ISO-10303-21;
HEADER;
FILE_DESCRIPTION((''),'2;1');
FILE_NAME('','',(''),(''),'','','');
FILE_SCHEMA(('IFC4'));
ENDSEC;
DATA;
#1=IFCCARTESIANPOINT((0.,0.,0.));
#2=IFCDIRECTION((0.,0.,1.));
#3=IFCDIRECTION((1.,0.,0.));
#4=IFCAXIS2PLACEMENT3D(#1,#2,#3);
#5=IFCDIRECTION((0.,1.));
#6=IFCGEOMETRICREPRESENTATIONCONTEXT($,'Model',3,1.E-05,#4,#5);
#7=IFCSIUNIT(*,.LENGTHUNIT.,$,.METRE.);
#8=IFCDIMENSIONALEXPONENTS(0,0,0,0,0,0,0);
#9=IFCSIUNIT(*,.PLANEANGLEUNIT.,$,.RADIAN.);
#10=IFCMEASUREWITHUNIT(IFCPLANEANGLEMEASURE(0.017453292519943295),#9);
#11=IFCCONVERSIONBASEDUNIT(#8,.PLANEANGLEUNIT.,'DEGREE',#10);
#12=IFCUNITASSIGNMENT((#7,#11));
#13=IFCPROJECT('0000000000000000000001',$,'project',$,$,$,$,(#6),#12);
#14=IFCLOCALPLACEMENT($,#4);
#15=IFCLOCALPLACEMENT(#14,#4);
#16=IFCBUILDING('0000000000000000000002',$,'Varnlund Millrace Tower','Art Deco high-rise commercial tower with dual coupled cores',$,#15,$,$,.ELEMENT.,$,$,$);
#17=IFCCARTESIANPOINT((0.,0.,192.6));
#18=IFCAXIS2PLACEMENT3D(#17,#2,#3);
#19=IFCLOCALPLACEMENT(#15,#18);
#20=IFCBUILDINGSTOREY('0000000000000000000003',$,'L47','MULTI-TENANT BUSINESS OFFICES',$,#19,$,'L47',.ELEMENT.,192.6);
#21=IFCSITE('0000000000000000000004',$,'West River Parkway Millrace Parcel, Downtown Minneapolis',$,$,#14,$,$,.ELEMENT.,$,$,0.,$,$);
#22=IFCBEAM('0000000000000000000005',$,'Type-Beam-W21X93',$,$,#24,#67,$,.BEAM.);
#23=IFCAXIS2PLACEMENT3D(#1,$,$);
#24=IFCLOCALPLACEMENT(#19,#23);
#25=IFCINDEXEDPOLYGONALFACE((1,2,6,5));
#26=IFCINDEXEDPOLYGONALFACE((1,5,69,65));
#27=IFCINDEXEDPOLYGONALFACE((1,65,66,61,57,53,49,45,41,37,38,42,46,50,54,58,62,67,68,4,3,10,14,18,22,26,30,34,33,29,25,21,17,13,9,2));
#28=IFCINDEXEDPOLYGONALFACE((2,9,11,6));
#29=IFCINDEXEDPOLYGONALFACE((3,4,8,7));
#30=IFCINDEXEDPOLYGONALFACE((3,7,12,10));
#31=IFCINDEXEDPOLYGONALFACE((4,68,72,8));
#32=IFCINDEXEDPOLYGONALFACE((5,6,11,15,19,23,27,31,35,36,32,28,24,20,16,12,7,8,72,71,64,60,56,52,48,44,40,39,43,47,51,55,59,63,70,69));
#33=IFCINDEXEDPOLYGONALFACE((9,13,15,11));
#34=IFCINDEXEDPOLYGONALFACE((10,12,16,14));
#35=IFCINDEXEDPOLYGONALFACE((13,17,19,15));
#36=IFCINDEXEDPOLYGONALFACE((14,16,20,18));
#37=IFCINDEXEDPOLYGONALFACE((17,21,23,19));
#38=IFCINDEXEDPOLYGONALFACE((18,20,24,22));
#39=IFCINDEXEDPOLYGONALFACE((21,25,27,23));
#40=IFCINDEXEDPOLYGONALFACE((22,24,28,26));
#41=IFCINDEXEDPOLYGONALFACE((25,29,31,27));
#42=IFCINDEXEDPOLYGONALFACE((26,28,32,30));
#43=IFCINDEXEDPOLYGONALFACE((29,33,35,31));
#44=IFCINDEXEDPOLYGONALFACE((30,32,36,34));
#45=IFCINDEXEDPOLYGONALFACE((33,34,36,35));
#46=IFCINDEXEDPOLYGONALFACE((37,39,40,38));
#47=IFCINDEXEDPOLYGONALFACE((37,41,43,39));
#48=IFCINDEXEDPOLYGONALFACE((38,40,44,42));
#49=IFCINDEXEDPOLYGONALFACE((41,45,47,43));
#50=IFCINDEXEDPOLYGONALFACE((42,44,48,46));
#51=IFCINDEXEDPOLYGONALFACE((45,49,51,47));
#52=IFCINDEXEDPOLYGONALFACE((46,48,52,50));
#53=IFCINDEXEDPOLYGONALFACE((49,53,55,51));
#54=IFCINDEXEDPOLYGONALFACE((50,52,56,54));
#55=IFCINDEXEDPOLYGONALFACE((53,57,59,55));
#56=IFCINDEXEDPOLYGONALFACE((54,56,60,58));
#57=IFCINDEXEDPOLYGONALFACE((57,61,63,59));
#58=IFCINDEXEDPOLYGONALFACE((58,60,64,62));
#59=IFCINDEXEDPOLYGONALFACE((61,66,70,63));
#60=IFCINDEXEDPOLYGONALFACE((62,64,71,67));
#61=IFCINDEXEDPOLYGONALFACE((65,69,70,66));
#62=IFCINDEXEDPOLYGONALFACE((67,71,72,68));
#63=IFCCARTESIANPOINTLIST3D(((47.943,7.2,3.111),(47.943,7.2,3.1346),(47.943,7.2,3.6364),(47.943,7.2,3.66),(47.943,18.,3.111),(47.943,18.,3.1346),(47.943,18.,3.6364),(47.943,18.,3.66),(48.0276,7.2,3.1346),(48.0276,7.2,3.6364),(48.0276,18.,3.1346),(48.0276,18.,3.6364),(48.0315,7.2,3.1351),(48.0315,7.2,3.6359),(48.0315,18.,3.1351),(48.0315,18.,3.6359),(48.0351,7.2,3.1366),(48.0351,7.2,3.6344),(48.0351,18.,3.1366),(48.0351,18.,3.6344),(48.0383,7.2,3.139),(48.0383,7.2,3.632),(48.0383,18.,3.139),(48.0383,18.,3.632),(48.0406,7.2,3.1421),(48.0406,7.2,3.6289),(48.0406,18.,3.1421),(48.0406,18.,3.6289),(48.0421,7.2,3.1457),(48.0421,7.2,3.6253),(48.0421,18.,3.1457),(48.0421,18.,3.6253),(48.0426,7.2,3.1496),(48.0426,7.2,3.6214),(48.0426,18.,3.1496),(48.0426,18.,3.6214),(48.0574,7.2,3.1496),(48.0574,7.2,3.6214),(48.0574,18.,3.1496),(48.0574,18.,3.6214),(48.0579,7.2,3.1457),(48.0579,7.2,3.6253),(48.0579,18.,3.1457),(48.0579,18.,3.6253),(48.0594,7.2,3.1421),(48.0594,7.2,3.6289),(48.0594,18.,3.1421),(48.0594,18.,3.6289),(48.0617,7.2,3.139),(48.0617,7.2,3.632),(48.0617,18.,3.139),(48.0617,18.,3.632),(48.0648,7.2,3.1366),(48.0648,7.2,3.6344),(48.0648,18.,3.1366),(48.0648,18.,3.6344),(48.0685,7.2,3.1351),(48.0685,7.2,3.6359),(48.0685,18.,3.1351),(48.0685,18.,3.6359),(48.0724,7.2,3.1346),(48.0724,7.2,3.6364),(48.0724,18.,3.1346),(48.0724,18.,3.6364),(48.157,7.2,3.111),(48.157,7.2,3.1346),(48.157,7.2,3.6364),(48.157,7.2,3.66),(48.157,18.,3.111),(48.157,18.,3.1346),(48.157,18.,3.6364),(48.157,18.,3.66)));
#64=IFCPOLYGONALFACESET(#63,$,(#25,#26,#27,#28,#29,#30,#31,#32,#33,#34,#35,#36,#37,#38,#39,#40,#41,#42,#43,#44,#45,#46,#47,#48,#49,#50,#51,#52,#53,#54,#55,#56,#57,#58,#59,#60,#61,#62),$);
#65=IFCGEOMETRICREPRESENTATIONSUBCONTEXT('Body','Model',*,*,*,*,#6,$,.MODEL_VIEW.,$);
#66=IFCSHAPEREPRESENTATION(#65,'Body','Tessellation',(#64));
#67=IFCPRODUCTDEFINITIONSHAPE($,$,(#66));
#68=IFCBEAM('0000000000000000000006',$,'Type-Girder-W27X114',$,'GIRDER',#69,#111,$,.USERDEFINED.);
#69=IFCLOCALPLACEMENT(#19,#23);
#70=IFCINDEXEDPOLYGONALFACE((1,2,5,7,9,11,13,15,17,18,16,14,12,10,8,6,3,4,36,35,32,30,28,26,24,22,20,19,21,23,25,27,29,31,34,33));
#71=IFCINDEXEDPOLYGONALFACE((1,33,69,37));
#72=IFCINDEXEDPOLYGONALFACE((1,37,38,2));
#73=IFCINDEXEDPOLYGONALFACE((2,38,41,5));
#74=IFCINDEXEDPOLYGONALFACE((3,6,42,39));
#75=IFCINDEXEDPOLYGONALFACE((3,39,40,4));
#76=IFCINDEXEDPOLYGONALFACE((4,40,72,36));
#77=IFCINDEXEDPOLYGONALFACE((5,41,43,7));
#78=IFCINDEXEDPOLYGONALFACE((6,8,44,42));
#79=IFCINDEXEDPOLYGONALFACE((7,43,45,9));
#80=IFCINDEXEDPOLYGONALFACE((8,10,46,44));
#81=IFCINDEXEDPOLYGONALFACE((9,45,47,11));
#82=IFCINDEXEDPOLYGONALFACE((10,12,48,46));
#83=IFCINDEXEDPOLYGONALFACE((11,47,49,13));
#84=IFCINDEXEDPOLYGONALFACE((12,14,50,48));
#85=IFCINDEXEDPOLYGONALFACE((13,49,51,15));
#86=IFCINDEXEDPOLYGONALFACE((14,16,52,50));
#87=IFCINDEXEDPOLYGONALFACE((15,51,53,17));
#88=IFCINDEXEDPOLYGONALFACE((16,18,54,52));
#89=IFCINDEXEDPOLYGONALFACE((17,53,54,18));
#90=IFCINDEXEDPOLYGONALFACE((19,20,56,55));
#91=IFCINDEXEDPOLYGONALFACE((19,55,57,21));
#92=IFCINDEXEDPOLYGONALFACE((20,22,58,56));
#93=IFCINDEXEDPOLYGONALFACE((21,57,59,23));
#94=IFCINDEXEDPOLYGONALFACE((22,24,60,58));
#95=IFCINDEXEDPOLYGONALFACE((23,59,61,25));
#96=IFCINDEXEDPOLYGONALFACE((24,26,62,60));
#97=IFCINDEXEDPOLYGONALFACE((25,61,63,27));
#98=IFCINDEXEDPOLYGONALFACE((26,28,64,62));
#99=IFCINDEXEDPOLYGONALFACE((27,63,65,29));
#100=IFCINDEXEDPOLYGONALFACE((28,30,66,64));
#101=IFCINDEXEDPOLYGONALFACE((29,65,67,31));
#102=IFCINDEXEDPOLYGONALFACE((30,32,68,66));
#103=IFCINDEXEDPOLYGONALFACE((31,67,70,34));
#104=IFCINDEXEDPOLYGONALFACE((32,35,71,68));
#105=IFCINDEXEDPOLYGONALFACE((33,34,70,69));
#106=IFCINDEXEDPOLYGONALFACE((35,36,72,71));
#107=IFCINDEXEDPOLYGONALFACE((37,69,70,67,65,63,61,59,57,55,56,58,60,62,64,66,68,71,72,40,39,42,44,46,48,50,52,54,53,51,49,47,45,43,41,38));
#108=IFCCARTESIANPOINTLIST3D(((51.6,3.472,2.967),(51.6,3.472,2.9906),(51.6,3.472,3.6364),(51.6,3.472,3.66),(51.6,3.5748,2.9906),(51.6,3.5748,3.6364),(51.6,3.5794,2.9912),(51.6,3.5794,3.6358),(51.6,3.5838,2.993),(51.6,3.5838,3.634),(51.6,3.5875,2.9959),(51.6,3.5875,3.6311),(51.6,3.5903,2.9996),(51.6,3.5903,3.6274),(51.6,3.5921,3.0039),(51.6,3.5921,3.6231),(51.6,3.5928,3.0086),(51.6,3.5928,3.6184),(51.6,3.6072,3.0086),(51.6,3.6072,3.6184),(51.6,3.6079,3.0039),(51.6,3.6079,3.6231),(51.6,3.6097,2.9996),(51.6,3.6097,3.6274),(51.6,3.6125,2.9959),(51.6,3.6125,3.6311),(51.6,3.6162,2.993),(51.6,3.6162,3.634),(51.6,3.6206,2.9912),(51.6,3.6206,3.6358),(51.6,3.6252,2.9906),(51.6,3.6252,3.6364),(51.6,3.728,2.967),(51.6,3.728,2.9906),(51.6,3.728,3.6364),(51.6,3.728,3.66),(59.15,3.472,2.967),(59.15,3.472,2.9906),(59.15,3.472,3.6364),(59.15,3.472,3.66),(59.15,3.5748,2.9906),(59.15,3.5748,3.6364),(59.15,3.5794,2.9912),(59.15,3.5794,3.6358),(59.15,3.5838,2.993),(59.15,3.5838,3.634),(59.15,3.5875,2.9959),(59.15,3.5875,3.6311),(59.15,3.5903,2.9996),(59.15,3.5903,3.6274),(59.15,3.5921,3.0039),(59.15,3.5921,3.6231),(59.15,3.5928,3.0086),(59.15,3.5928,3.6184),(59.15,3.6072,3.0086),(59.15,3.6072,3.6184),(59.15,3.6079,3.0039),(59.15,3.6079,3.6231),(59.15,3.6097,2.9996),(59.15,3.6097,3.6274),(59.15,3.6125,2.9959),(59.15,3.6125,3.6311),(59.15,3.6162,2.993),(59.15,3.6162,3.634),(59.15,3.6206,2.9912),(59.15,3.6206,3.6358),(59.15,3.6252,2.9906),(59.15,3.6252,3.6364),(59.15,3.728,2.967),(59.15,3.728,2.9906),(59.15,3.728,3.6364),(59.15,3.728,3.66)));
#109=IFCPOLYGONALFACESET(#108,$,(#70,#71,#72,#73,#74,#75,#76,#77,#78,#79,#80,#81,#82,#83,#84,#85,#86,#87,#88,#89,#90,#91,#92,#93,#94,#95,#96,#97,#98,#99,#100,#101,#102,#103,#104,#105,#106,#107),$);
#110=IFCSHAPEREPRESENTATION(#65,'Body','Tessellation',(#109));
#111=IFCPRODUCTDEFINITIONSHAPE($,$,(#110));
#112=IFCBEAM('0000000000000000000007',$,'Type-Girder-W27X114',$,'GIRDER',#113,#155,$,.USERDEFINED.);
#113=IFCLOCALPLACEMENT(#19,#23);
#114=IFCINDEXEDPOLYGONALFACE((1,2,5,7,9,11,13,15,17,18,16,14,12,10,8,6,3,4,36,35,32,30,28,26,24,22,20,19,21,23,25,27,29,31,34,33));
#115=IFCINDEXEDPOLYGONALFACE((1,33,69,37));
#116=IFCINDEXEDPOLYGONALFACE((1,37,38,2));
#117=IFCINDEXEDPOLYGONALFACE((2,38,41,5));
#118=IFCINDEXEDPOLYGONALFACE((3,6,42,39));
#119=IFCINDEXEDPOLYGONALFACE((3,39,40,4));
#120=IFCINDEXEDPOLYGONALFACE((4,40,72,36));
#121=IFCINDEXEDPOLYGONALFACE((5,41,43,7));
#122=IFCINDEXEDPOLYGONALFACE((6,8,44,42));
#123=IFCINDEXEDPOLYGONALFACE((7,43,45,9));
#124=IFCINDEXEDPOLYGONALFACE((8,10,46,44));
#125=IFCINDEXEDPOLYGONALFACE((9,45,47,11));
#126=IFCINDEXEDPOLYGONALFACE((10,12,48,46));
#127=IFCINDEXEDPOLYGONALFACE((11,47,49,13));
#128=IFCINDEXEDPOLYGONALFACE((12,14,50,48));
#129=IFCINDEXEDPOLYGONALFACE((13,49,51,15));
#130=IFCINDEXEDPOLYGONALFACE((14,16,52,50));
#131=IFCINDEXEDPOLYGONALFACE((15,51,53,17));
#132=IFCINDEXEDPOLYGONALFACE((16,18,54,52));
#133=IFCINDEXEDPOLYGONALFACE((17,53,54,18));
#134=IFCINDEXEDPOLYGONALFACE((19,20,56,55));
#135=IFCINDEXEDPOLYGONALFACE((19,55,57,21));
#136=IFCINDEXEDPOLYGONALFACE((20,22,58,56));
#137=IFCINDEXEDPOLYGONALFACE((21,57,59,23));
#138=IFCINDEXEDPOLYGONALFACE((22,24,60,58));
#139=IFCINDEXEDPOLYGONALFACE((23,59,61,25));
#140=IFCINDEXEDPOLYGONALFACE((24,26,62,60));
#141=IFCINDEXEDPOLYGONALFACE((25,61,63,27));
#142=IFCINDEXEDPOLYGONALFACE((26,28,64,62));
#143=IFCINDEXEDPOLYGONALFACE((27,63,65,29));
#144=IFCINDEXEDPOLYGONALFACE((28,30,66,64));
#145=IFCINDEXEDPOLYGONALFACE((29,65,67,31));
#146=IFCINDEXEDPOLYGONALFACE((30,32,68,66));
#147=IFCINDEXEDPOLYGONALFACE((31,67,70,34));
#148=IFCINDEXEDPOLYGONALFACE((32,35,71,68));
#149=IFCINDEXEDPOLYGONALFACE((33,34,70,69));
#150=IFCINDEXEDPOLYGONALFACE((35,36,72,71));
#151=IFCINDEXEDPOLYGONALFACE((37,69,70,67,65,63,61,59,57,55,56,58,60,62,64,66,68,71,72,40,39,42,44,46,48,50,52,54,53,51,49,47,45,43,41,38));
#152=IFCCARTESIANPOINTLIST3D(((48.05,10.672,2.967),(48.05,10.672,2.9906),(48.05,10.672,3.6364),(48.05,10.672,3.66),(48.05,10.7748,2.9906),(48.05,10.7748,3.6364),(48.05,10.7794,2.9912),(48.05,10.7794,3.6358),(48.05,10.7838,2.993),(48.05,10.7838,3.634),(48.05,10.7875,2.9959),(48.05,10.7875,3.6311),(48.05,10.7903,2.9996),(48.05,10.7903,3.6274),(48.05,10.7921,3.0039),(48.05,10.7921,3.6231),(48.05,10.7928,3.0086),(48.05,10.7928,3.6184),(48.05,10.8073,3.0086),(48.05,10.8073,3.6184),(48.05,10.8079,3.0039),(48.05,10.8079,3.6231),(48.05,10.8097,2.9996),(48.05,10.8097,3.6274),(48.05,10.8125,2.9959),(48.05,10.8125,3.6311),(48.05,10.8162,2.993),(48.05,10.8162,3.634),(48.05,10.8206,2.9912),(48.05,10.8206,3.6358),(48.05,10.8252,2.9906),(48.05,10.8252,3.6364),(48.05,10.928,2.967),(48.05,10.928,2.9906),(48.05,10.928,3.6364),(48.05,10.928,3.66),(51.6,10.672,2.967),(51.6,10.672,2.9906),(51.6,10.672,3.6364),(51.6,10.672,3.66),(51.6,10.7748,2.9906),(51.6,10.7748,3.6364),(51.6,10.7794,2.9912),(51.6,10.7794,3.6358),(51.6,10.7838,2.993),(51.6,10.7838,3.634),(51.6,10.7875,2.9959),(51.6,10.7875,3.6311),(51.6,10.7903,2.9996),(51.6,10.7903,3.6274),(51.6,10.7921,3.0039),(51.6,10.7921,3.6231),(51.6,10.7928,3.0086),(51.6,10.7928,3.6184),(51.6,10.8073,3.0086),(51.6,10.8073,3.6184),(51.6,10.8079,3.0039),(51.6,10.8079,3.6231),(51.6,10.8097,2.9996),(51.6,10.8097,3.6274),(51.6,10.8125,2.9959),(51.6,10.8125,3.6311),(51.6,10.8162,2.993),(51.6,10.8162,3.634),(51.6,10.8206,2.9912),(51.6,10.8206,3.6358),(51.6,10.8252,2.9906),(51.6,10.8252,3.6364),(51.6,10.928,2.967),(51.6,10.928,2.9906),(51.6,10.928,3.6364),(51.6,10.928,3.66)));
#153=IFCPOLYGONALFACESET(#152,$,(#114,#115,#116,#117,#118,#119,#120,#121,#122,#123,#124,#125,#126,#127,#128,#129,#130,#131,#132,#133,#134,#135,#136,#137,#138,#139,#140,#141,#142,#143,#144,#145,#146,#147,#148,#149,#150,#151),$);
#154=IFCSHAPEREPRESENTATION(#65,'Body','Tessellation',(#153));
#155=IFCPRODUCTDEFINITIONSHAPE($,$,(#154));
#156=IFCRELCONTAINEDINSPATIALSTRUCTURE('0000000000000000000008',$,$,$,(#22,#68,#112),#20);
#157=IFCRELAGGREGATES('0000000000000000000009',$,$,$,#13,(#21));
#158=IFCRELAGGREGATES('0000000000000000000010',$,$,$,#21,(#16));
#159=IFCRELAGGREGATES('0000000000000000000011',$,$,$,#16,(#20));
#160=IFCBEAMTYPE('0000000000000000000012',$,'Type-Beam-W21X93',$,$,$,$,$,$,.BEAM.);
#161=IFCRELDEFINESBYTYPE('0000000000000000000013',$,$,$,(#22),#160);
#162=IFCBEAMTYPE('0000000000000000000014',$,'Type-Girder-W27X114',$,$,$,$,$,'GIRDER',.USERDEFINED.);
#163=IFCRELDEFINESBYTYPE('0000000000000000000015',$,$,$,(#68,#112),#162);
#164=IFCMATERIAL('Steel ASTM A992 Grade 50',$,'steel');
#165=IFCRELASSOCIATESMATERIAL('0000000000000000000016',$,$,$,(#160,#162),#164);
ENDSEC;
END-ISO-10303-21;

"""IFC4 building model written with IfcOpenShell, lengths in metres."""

from ifc_helpers import new_model, entity, si_unit, converted_unit, direction, frame, origin_with_axes, origin_2d_with_axis, place, context, subcontext, project, spatial, i_section, extrude, material, material_profile, profile_set, type_object, element, save


model = new_model("IFC4")

# Units and contexts
model_context = context("Model", 3, precision=1e-05, world=origin_with_axes(), true_north=direction((0.0, 1.0)))
body_context = subcontext(model_context, "Body", "Model", "MODEL_VIEW")
ifc_project = project(units=[si_unit("LENGTHUNIT", "METRE"), converted_unit("PLANEANGLEUNIT", "DEGREE", entity("IfcPlaneAngleMeasure", 0.017453292519943295), si_unit("PLANEANGLEUNIT", "RADIAN"), dimensions=[0, 0, 0, 0, 0, 0, 0])], contexts=[model_context])

# Site, building, storey
site_placement = place(None, origin_with_axes())
site = spatial("IfcSite", under=ifc_project, at=site_placement, Name="West River Parkway Millrace Parcel, Downtown Minneapolis", CompositionType="ELEMENT", RefElevation=0.0)
building_placement = place(site_placement, origin_with_axes())
building = spatial("IfcBuilding", under=site, at=building_placement, Name="Varnlund Millrace Tower", Description="Art Deco high-rise commercial tower with dual coupled cores", CompositionType="ELEMENT")
storey_placement = place(building_placement, frame((0.0, 0.0, 192.6), z_axis=(0.0, 0.0, 1.0), x_axis=(1.0, 0.0, 0.0)))
storey = spatial("IfcBuildingStorey", under=building, at=storey_placement, Name="L47", Description="MULTI-TENANT BUSINESS OFFICES", LongName="L47", CompositionType="ELEMENT", Elevation=192.6)

# Beams
ifc_material_1 = material(Name="Steel ASTM A992 Grade 50", Category="steel")
ifc_material_profile_1 = material_profile(ifc_material_1, i_section(OverallWidth=0.214, OverallDepth=0.549, WebThickness=0.0147, FlangeThickness=0.0236, FilletRadius=0.015, at=origin_2d_with_axis()), Name="Steel ASTM A992 Grade 50")
ifc_profile_set_1 = profile_set([ifc_material_profile_1], Name="Steel ASTM A992 Grade 50")
beam_type_1 = type_object("IfcBeamType", Name="Type-Beam-W21X93", PredefinedType="BEAM", material=ifc_profile_set_1)
beam_1_placement = place(storey_placement, frame((48.05, 7.2, 3.3855), z_axis=(0.0, 1.0, 0.0), x_axis=(-1.0, 0.0, 0.0)))
element("IfcBeam", 1, at=beam_1_placement, inside=storey, type_object=beam_type_1, Name="Type-Beam-W21X93", PredefinedType="BEAM", context=body_context, shape_type="SweptSolid", body=[
    extrude(i_section(OverallWidth=0.214, OverallDepth=0.549, WebThickness=0.0147, FlangeThickness=0.0236, FilletRadius=0.015, at=origin_2d_with_axis()), origin_with_axes(), (0.0, 0.0, 1.0), 10.8),
])
ifc_material_profile_2 = material_profile(ifc_material_1, i_section(OverallWidth=0.256, OverallDepth=0.693, WebThickness=0.0145, FlangeThickness=0.0236, FilletRadius=0.018, at=origin_2d_with_axis()), Name="Steel ASTM A992 Grade 50")
ifc_profile_set_2 = profile_set([ifc_material_profile_2], Name="Steel ASTM A992 Grade 50")
beam_type_2 = type_object("IfcBeamType", Name="Type-Girder-W27X114", ElementType="GIRDER", PredefinedType="USERDEFINED", material=ifc_profile_set_2)
beam_2_placement = place(storey_placement, frame((51.6, 3.6, 3.3135), z_axis=(1.0, 0.0, 0.0), x_axis=(0.0, 1.0, 0.0)))
element("IfcBeam", 2, at=beam_2_placement, inside=storey, type_object=beam_type_2, Name="Type-Girder-W27X114", ObjectType="GIRDER", PredefinedType="USERDEFINED", context=body_context, shape_type="SweptSolid", body=[
    extrude(i_section(OverallWidth=0.256, OverallDepth=0.693, WebThickness=0.0145, FlangeThickness=0.0236, FilletRadius=0.018, at=origin_2d_with_axis()), origin_with_axes(), (0.0, 0.0, 1.0), 7.55),
])
beam_3_placement = place(storey_placement, frame((48.05, 10.8, 3.3135), z_axis=(1.0, 0.0, 0.0), x_axis=(0.0, 1.0, 0.0)))
element("IfcBeam", 3, at=beam_3_placement, inside=storey, type_object=beam_type_2, Name="Type-Girder-W27X114", ObjectType="GIRDER", PredefinedType="USERDEFINED", context=body_context, shape_type="SweptSolid", body=[
    extrude(i_section(OverallWidth=0.256, OverallDepth=0.693, WebThickness=0.0145, FlangeThickness=0.0236, FilletRadius=0.018, at=origin_2d_with_axis()), origin_with_axes(), (0.0, 0.0, 1.0), 3.55),
])

save(model, "model.ifc")
